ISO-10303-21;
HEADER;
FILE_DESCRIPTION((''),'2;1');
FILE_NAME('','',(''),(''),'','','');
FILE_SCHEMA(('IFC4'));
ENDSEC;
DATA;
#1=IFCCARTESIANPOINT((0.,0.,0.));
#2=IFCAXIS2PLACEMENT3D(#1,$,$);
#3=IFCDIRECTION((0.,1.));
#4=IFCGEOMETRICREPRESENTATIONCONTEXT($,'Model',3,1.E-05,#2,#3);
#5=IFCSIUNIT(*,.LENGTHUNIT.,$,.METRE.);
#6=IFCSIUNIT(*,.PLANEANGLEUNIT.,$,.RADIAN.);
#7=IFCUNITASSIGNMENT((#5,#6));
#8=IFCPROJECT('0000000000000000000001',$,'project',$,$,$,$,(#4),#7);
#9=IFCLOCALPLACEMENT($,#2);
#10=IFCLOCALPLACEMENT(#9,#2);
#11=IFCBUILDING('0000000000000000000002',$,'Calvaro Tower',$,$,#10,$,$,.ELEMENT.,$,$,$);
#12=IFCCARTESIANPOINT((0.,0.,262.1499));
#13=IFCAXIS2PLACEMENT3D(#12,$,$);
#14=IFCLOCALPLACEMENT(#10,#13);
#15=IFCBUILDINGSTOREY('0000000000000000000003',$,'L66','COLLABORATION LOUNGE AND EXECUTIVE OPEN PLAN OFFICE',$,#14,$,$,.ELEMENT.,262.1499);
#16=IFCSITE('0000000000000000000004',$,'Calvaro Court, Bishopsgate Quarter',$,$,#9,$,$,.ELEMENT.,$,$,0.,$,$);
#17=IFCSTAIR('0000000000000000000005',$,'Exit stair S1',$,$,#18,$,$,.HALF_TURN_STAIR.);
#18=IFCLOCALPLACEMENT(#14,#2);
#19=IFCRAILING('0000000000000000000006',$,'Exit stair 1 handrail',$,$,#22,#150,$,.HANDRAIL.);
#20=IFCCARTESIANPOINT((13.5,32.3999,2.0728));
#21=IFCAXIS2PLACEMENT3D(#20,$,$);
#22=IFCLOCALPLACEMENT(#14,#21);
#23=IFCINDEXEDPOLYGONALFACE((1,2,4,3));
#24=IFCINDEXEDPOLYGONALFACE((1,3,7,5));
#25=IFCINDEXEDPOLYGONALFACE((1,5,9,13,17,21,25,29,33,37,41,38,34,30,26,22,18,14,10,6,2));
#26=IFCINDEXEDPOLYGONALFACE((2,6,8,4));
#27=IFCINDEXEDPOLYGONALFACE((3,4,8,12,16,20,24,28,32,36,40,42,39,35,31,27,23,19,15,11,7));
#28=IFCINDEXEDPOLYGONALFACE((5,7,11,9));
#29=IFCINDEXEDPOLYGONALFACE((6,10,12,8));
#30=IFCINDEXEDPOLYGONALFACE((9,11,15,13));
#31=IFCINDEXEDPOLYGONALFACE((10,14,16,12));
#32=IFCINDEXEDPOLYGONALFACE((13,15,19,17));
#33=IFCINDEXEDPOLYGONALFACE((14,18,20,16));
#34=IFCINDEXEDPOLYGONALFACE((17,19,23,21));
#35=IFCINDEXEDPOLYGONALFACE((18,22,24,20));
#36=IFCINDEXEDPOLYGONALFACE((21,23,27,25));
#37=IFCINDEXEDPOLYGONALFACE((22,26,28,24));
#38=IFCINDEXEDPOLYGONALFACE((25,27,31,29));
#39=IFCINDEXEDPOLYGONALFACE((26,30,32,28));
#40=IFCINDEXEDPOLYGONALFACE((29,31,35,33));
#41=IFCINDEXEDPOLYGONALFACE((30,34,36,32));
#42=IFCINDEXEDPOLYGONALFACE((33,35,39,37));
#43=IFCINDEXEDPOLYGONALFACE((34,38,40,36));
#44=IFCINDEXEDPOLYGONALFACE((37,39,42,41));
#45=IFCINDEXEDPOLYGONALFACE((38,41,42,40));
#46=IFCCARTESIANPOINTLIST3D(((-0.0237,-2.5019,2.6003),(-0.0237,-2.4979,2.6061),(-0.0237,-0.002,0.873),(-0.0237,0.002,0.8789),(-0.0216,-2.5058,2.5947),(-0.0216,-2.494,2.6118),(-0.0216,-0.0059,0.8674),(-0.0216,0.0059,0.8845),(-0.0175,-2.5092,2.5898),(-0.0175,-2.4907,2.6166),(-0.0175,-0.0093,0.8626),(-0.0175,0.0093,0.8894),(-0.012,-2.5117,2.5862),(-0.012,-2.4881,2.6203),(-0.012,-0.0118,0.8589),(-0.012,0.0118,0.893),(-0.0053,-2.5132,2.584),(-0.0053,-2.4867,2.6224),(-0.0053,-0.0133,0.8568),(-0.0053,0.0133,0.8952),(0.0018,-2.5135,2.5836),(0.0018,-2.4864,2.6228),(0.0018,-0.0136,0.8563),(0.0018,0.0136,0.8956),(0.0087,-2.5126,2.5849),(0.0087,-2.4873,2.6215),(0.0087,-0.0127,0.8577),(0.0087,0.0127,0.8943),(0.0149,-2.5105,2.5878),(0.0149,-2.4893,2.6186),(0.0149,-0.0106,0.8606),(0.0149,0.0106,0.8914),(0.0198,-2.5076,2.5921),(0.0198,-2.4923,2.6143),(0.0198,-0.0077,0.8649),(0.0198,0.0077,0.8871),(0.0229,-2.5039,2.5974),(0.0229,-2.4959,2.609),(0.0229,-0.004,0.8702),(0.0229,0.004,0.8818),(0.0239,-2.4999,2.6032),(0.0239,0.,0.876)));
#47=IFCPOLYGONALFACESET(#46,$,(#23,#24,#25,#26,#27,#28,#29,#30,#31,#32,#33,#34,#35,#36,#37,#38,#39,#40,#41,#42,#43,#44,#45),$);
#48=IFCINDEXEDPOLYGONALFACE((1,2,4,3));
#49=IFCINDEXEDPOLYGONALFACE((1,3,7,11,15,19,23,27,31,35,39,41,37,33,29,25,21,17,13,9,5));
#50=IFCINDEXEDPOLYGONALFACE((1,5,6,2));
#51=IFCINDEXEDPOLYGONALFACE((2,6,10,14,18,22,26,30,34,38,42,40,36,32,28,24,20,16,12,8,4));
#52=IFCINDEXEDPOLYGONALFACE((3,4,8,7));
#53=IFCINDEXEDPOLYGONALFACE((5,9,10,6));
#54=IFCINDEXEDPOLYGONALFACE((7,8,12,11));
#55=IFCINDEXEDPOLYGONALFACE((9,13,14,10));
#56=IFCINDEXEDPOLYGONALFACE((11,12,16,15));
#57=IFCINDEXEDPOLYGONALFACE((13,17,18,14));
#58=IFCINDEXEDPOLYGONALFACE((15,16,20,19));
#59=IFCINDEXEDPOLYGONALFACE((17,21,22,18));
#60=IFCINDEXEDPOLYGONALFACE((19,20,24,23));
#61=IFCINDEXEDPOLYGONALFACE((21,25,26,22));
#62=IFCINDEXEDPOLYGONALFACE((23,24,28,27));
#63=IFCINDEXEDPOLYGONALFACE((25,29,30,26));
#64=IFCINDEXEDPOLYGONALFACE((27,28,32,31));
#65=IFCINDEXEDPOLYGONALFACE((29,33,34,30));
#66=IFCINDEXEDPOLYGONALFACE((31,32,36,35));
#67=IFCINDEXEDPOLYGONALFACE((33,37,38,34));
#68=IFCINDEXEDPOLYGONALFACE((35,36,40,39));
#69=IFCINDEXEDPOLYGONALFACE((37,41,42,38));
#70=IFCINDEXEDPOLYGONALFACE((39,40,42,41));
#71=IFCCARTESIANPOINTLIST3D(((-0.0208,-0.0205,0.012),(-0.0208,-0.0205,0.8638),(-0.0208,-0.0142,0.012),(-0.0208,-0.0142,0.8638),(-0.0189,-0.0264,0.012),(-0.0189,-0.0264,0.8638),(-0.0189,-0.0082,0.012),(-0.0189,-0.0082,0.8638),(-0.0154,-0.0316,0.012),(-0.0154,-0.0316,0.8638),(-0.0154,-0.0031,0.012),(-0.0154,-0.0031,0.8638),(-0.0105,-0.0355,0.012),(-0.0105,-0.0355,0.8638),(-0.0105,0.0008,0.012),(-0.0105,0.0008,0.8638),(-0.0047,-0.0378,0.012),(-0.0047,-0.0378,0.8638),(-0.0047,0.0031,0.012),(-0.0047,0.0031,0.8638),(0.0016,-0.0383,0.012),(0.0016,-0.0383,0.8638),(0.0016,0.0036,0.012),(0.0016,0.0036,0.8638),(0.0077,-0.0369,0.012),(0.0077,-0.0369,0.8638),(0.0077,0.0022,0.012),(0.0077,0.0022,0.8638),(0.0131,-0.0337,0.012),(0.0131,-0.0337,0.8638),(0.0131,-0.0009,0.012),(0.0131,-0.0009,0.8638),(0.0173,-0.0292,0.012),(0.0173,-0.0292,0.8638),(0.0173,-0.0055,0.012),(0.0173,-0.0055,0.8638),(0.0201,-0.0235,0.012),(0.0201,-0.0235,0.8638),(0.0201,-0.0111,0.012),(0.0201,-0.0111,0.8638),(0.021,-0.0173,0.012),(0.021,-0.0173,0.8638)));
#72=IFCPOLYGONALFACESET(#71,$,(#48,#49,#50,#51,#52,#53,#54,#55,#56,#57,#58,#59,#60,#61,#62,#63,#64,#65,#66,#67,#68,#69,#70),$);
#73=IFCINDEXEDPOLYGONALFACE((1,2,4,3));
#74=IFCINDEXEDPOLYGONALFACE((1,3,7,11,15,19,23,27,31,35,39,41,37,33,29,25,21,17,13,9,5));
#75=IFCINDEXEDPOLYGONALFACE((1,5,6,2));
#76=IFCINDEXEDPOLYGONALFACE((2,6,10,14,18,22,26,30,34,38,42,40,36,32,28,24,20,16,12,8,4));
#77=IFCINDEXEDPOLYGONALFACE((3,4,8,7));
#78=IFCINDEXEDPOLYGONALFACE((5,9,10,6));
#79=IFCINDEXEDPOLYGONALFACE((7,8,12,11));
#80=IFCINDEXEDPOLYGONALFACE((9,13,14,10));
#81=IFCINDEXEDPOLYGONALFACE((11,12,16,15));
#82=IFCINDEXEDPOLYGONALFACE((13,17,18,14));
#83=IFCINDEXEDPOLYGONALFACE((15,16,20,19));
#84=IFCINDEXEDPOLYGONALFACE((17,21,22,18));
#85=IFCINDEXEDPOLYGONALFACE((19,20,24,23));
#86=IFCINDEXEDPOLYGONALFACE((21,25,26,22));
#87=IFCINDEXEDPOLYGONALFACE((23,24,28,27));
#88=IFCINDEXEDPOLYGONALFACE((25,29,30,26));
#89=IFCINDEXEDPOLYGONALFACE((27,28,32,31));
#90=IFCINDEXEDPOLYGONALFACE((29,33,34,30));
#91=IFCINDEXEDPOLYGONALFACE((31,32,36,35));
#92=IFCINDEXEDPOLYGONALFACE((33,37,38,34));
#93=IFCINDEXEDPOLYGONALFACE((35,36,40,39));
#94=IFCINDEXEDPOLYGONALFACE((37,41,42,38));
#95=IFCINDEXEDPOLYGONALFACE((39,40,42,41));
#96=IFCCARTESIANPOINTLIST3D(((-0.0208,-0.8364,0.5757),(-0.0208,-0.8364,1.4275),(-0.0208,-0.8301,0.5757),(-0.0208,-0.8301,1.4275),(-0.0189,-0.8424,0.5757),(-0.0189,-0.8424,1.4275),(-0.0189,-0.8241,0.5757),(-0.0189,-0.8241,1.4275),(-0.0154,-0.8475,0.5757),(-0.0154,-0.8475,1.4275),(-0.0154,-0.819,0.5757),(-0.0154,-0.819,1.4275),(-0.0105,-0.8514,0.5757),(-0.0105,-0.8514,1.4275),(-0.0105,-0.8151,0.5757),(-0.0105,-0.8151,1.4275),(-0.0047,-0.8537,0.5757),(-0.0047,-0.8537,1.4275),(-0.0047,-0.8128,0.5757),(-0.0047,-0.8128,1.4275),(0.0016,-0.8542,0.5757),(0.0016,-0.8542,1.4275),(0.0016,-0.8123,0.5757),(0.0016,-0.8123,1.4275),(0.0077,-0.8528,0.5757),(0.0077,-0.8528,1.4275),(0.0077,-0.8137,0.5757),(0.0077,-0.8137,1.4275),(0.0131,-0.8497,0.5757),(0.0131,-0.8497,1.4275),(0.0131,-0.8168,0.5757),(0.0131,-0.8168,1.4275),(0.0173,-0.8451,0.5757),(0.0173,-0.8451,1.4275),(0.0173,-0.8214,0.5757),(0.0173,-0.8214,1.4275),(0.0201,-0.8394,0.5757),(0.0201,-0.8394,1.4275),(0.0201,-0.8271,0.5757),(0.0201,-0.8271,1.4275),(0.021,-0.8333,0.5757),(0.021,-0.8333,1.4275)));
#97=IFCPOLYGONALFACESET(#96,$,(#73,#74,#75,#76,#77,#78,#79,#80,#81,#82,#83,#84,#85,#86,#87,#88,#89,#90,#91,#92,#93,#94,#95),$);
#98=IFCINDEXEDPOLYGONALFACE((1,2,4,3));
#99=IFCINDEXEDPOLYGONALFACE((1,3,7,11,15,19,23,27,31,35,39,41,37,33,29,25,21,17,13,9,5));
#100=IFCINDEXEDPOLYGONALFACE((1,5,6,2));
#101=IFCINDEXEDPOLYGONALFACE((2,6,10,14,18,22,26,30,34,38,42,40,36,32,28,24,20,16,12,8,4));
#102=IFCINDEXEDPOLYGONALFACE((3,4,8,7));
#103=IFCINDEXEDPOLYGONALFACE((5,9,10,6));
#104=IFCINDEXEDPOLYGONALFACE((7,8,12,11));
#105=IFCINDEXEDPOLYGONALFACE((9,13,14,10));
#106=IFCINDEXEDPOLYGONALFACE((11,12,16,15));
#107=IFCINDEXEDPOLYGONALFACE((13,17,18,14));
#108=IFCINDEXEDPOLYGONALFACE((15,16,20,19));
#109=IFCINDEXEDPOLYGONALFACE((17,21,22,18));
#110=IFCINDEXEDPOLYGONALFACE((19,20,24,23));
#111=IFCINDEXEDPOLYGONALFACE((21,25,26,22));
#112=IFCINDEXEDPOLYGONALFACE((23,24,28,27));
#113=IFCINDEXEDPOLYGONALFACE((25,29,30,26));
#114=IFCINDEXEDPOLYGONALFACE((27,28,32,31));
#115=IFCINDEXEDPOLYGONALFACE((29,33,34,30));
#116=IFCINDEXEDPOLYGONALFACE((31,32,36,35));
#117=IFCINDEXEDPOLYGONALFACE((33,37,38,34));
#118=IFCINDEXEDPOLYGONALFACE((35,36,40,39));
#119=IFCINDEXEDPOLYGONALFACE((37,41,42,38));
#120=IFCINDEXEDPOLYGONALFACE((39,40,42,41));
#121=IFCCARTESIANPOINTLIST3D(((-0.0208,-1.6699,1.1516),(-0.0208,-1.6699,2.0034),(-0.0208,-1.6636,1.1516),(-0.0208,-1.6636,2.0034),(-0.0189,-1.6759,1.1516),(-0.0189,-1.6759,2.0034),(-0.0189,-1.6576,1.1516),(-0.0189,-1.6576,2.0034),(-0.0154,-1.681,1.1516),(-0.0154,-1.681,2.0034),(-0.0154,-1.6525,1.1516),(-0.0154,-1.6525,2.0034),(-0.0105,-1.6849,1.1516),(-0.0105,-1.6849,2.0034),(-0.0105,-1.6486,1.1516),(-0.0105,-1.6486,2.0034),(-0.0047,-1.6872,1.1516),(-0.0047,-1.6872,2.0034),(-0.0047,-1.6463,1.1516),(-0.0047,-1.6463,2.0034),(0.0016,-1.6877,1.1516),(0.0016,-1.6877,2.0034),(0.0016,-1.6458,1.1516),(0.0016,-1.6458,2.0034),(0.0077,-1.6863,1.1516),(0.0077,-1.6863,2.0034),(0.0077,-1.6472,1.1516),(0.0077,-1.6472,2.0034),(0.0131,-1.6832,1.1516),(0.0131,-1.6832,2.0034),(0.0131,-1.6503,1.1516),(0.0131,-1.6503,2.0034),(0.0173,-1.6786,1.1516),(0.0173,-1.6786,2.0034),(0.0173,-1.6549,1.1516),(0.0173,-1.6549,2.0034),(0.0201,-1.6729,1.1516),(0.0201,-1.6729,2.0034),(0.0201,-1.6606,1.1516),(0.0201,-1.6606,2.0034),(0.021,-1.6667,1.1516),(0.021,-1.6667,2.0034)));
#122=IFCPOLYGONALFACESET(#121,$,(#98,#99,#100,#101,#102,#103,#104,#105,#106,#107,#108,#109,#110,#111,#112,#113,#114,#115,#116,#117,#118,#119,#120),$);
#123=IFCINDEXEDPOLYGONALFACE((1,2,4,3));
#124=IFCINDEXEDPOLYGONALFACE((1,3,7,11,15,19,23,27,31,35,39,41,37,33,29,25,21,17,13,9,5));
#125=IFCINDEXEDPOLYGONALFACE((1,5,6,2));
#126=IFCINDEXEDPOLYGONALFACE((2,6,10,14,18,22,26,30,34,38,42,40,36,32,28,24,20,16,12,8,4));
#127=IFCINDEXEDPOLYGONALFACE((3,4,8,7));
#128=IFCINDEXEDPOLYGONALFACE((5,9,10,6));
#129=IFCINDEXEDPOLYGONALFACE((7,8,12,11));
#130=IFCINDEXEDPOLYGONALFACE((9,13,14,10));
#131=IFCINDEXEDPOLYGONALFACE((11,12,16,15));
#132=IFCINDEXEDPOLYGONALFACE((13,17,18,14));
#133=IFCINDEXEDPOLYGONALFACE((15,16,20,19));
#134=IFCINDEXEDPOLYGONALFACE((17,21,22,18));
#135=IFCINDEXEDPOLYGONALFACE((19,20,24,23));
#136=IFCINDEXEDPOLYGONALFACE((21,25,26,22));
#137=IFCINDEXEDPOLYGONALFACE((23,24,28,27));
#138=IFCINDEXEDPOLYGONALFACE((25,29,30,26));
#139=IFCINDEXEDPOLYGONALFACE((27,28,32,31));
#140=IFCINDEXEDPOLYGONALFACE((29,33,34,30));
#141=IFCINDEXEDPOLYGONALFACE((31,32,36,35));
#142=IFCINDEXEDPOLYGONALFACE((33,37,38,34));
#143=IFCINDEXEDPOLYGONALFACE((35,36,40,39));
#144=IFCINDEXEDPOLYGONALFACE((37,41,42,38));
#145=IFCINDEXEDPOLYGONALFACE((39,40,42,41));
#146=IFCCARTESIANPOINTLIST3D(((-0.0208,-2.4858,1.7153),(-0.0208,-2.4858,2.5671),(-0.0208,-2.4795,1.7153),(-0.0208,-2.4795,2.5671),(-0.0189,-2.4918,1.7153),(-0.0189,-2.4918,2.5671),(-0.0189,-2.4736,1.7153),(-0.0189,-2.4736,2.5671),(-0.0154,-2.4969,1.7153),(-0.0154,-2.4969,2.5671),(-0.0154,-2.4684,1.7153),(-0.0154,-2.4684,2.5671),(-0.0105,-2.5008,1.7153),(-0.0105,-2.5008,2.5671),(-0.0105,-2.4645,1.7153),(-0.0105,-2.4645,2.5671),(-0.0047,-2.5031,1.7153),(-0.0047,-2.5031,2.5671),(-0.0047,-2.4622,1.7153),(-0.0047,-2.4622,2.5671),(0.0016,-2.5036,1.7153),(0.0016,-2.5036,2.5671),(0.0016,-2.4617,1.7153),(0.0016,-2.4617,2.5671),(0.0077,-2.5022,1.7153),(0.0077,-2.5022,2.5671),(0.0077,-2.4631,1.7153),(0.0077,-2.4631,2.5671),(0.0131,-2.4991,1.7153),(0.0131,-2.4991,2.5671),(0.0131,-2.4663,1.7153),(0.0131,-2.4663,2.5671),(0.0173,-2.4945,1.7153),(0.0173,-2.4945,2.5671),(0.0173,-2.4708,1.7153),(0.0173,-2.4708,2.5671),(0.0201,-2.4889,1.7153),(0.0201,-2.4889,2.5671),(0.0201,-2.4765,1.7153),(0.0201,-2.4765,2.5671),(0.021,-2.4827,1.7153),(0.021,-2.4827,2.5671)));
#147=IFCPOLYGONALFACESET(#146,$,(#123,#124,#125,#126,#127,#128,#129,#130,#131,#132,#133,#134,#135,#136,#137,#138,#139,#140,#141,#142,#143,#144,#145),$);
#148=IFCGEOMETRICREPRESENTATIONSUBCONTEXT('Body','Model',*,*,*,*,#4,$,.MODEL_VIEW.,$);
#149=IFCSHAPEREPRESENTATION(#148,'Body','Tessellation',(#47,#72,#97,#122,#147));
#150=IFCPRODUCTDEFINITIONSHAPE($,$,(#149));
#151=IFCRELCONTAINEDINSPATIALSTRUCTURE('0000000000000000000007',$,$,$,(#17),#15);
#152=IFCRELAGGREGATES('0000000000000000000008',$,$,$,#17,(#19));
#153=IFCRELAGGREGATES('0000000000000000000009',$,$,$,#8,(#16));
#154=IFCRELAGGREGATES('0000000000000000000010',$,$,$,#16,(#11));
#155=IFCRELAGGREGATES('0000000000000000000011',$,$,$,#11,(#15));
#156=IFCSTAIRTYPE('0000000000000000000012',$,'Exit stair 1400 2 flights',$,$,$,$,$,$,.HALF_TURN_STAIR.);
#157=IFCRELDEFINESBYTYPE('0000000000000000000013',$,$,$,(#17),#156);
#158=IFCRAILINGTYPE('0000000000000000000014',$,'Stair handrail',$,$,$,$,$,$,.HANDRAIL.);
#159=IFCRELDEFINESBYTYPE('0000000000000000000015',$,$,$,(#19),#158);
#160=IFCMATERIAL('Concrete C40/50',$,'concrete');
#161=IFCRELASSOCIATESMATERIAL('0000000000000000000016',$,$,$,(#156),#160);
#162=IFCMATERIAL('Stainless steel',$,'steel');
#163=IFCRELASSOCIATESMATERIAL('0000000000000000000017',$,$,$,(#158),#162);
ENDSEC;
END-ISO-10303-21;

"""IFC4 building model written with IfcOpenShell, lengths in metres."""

from ifc_helpers import new_model, si_unit, direction, frame, origin, origin_2d, place, context, subcontext, project, spatial, circle, extrude, material, type_object, element, aggregate, save


model = new_model("IFC4")

# Units and contexts
model_context = context("Model", 3, precision=1e-05, world=origin(), true_north=direction((0.0, 1.0)))
body_context = subcontext(model_context, "Body", "Model", "MODEL_VIEW")
ifc_project = project(units=[si_unit("LENGTHUNIT", "METRE"), si_unit("PLANEANGLEUNIT", "RADIAN")], contexts=[model_context])

# Site, building, storey
site_placement = place(None, origin())
site = spatial("IfcSite", under=ifc_project, at=site_placement, Name="Calvaro Court, Bishopsgate Quarter", CompositionType="ELEMENT", RefElevation=0.0)
building_placement = place(site_placement, origin())
building = spatial("IfcBuilding", under=site, at=building_placement, Name="Calvaro Tower", CompositionType="ELEMENT")
storey_placement = place(building_placement, frame((0.0, 0.0, 262.1499)))
storey = spatial("IfcBuildingStorey", under=building, at=storey_placement, Name="L66", Description="COLLABORATION LOUNGE AND EXECUTIVE OPEN PLAN OFFICE", CompositionType="ELEMENT", Elevation=262.1499)

# Stair, railing
ifc_material_1 = material(Name="Concrete C40/50", Category="concrete")
stair_type = type_object("IfcStairType", Name="Exit stair 1400 2 flights", PredefinedType="HALF_TURN_STAIR", material=ifc_material_1)
stair_placement = place(storey_placement, origin())
stair = element("IfcStair", 1, at=stair_placement, inside=storey, type_object=stair_type, Name="Exit stair S1", PredefinedType="HALF_TURN_STAIR")
ifc_material_2 = material(Name="Stainless steel", Category="steel")
railing_type = type_object("IfcRailingType", Name="Stair handrail", PredefinedType="HANDRAIL", material=ifc_material_2)
railing_placement = place(storey_placement, frame((13.5, 32.3999, 2.0728)))
railing = element("IfcRailing", 2, at=railing_placement, type_object=railing_type, Name="Exit stair 1 handrail", PredefinedType="HANDRAIL", context=body_context, shape_type="SweptSolid", body=[
    extrude(circle(Radius=0.0239, at=origin_2d()), frame((0.0, 0.0, 0.876), z_axis=(0.0, -0.822727, 0.568437), x_axis=(1.0, 0.0, 0.0)), (0.0, 0.0, 1.0), 3.0386),
    extrude(circle(Radius=0.021, at=origin_2d()), frame((0.0, -0.0173, 0.012)), (0.0, 0.0, 1.0), 0.8518),
    extrude(circle(Radius=0.021, at=origin_2d()), frame((0.0, -0.8333, 0.5757)), (0.0, 0.0, 1.0), 0.8518),
    extrude(circle(Radius=0.021, at=origin_2d()), frame((0.0, -1.6667, 1.1516)), (0.0, 0.0, 1.0), 0.8518),
    extrude(circle(Radius=0.021, at=origin_2d()), frame((0.0, -2.4827, 1.7153)), (0.0, 0.0, 1.0), 0.8518),
])
aggregate(stair, [railing])

save(model, "model.ifc")
